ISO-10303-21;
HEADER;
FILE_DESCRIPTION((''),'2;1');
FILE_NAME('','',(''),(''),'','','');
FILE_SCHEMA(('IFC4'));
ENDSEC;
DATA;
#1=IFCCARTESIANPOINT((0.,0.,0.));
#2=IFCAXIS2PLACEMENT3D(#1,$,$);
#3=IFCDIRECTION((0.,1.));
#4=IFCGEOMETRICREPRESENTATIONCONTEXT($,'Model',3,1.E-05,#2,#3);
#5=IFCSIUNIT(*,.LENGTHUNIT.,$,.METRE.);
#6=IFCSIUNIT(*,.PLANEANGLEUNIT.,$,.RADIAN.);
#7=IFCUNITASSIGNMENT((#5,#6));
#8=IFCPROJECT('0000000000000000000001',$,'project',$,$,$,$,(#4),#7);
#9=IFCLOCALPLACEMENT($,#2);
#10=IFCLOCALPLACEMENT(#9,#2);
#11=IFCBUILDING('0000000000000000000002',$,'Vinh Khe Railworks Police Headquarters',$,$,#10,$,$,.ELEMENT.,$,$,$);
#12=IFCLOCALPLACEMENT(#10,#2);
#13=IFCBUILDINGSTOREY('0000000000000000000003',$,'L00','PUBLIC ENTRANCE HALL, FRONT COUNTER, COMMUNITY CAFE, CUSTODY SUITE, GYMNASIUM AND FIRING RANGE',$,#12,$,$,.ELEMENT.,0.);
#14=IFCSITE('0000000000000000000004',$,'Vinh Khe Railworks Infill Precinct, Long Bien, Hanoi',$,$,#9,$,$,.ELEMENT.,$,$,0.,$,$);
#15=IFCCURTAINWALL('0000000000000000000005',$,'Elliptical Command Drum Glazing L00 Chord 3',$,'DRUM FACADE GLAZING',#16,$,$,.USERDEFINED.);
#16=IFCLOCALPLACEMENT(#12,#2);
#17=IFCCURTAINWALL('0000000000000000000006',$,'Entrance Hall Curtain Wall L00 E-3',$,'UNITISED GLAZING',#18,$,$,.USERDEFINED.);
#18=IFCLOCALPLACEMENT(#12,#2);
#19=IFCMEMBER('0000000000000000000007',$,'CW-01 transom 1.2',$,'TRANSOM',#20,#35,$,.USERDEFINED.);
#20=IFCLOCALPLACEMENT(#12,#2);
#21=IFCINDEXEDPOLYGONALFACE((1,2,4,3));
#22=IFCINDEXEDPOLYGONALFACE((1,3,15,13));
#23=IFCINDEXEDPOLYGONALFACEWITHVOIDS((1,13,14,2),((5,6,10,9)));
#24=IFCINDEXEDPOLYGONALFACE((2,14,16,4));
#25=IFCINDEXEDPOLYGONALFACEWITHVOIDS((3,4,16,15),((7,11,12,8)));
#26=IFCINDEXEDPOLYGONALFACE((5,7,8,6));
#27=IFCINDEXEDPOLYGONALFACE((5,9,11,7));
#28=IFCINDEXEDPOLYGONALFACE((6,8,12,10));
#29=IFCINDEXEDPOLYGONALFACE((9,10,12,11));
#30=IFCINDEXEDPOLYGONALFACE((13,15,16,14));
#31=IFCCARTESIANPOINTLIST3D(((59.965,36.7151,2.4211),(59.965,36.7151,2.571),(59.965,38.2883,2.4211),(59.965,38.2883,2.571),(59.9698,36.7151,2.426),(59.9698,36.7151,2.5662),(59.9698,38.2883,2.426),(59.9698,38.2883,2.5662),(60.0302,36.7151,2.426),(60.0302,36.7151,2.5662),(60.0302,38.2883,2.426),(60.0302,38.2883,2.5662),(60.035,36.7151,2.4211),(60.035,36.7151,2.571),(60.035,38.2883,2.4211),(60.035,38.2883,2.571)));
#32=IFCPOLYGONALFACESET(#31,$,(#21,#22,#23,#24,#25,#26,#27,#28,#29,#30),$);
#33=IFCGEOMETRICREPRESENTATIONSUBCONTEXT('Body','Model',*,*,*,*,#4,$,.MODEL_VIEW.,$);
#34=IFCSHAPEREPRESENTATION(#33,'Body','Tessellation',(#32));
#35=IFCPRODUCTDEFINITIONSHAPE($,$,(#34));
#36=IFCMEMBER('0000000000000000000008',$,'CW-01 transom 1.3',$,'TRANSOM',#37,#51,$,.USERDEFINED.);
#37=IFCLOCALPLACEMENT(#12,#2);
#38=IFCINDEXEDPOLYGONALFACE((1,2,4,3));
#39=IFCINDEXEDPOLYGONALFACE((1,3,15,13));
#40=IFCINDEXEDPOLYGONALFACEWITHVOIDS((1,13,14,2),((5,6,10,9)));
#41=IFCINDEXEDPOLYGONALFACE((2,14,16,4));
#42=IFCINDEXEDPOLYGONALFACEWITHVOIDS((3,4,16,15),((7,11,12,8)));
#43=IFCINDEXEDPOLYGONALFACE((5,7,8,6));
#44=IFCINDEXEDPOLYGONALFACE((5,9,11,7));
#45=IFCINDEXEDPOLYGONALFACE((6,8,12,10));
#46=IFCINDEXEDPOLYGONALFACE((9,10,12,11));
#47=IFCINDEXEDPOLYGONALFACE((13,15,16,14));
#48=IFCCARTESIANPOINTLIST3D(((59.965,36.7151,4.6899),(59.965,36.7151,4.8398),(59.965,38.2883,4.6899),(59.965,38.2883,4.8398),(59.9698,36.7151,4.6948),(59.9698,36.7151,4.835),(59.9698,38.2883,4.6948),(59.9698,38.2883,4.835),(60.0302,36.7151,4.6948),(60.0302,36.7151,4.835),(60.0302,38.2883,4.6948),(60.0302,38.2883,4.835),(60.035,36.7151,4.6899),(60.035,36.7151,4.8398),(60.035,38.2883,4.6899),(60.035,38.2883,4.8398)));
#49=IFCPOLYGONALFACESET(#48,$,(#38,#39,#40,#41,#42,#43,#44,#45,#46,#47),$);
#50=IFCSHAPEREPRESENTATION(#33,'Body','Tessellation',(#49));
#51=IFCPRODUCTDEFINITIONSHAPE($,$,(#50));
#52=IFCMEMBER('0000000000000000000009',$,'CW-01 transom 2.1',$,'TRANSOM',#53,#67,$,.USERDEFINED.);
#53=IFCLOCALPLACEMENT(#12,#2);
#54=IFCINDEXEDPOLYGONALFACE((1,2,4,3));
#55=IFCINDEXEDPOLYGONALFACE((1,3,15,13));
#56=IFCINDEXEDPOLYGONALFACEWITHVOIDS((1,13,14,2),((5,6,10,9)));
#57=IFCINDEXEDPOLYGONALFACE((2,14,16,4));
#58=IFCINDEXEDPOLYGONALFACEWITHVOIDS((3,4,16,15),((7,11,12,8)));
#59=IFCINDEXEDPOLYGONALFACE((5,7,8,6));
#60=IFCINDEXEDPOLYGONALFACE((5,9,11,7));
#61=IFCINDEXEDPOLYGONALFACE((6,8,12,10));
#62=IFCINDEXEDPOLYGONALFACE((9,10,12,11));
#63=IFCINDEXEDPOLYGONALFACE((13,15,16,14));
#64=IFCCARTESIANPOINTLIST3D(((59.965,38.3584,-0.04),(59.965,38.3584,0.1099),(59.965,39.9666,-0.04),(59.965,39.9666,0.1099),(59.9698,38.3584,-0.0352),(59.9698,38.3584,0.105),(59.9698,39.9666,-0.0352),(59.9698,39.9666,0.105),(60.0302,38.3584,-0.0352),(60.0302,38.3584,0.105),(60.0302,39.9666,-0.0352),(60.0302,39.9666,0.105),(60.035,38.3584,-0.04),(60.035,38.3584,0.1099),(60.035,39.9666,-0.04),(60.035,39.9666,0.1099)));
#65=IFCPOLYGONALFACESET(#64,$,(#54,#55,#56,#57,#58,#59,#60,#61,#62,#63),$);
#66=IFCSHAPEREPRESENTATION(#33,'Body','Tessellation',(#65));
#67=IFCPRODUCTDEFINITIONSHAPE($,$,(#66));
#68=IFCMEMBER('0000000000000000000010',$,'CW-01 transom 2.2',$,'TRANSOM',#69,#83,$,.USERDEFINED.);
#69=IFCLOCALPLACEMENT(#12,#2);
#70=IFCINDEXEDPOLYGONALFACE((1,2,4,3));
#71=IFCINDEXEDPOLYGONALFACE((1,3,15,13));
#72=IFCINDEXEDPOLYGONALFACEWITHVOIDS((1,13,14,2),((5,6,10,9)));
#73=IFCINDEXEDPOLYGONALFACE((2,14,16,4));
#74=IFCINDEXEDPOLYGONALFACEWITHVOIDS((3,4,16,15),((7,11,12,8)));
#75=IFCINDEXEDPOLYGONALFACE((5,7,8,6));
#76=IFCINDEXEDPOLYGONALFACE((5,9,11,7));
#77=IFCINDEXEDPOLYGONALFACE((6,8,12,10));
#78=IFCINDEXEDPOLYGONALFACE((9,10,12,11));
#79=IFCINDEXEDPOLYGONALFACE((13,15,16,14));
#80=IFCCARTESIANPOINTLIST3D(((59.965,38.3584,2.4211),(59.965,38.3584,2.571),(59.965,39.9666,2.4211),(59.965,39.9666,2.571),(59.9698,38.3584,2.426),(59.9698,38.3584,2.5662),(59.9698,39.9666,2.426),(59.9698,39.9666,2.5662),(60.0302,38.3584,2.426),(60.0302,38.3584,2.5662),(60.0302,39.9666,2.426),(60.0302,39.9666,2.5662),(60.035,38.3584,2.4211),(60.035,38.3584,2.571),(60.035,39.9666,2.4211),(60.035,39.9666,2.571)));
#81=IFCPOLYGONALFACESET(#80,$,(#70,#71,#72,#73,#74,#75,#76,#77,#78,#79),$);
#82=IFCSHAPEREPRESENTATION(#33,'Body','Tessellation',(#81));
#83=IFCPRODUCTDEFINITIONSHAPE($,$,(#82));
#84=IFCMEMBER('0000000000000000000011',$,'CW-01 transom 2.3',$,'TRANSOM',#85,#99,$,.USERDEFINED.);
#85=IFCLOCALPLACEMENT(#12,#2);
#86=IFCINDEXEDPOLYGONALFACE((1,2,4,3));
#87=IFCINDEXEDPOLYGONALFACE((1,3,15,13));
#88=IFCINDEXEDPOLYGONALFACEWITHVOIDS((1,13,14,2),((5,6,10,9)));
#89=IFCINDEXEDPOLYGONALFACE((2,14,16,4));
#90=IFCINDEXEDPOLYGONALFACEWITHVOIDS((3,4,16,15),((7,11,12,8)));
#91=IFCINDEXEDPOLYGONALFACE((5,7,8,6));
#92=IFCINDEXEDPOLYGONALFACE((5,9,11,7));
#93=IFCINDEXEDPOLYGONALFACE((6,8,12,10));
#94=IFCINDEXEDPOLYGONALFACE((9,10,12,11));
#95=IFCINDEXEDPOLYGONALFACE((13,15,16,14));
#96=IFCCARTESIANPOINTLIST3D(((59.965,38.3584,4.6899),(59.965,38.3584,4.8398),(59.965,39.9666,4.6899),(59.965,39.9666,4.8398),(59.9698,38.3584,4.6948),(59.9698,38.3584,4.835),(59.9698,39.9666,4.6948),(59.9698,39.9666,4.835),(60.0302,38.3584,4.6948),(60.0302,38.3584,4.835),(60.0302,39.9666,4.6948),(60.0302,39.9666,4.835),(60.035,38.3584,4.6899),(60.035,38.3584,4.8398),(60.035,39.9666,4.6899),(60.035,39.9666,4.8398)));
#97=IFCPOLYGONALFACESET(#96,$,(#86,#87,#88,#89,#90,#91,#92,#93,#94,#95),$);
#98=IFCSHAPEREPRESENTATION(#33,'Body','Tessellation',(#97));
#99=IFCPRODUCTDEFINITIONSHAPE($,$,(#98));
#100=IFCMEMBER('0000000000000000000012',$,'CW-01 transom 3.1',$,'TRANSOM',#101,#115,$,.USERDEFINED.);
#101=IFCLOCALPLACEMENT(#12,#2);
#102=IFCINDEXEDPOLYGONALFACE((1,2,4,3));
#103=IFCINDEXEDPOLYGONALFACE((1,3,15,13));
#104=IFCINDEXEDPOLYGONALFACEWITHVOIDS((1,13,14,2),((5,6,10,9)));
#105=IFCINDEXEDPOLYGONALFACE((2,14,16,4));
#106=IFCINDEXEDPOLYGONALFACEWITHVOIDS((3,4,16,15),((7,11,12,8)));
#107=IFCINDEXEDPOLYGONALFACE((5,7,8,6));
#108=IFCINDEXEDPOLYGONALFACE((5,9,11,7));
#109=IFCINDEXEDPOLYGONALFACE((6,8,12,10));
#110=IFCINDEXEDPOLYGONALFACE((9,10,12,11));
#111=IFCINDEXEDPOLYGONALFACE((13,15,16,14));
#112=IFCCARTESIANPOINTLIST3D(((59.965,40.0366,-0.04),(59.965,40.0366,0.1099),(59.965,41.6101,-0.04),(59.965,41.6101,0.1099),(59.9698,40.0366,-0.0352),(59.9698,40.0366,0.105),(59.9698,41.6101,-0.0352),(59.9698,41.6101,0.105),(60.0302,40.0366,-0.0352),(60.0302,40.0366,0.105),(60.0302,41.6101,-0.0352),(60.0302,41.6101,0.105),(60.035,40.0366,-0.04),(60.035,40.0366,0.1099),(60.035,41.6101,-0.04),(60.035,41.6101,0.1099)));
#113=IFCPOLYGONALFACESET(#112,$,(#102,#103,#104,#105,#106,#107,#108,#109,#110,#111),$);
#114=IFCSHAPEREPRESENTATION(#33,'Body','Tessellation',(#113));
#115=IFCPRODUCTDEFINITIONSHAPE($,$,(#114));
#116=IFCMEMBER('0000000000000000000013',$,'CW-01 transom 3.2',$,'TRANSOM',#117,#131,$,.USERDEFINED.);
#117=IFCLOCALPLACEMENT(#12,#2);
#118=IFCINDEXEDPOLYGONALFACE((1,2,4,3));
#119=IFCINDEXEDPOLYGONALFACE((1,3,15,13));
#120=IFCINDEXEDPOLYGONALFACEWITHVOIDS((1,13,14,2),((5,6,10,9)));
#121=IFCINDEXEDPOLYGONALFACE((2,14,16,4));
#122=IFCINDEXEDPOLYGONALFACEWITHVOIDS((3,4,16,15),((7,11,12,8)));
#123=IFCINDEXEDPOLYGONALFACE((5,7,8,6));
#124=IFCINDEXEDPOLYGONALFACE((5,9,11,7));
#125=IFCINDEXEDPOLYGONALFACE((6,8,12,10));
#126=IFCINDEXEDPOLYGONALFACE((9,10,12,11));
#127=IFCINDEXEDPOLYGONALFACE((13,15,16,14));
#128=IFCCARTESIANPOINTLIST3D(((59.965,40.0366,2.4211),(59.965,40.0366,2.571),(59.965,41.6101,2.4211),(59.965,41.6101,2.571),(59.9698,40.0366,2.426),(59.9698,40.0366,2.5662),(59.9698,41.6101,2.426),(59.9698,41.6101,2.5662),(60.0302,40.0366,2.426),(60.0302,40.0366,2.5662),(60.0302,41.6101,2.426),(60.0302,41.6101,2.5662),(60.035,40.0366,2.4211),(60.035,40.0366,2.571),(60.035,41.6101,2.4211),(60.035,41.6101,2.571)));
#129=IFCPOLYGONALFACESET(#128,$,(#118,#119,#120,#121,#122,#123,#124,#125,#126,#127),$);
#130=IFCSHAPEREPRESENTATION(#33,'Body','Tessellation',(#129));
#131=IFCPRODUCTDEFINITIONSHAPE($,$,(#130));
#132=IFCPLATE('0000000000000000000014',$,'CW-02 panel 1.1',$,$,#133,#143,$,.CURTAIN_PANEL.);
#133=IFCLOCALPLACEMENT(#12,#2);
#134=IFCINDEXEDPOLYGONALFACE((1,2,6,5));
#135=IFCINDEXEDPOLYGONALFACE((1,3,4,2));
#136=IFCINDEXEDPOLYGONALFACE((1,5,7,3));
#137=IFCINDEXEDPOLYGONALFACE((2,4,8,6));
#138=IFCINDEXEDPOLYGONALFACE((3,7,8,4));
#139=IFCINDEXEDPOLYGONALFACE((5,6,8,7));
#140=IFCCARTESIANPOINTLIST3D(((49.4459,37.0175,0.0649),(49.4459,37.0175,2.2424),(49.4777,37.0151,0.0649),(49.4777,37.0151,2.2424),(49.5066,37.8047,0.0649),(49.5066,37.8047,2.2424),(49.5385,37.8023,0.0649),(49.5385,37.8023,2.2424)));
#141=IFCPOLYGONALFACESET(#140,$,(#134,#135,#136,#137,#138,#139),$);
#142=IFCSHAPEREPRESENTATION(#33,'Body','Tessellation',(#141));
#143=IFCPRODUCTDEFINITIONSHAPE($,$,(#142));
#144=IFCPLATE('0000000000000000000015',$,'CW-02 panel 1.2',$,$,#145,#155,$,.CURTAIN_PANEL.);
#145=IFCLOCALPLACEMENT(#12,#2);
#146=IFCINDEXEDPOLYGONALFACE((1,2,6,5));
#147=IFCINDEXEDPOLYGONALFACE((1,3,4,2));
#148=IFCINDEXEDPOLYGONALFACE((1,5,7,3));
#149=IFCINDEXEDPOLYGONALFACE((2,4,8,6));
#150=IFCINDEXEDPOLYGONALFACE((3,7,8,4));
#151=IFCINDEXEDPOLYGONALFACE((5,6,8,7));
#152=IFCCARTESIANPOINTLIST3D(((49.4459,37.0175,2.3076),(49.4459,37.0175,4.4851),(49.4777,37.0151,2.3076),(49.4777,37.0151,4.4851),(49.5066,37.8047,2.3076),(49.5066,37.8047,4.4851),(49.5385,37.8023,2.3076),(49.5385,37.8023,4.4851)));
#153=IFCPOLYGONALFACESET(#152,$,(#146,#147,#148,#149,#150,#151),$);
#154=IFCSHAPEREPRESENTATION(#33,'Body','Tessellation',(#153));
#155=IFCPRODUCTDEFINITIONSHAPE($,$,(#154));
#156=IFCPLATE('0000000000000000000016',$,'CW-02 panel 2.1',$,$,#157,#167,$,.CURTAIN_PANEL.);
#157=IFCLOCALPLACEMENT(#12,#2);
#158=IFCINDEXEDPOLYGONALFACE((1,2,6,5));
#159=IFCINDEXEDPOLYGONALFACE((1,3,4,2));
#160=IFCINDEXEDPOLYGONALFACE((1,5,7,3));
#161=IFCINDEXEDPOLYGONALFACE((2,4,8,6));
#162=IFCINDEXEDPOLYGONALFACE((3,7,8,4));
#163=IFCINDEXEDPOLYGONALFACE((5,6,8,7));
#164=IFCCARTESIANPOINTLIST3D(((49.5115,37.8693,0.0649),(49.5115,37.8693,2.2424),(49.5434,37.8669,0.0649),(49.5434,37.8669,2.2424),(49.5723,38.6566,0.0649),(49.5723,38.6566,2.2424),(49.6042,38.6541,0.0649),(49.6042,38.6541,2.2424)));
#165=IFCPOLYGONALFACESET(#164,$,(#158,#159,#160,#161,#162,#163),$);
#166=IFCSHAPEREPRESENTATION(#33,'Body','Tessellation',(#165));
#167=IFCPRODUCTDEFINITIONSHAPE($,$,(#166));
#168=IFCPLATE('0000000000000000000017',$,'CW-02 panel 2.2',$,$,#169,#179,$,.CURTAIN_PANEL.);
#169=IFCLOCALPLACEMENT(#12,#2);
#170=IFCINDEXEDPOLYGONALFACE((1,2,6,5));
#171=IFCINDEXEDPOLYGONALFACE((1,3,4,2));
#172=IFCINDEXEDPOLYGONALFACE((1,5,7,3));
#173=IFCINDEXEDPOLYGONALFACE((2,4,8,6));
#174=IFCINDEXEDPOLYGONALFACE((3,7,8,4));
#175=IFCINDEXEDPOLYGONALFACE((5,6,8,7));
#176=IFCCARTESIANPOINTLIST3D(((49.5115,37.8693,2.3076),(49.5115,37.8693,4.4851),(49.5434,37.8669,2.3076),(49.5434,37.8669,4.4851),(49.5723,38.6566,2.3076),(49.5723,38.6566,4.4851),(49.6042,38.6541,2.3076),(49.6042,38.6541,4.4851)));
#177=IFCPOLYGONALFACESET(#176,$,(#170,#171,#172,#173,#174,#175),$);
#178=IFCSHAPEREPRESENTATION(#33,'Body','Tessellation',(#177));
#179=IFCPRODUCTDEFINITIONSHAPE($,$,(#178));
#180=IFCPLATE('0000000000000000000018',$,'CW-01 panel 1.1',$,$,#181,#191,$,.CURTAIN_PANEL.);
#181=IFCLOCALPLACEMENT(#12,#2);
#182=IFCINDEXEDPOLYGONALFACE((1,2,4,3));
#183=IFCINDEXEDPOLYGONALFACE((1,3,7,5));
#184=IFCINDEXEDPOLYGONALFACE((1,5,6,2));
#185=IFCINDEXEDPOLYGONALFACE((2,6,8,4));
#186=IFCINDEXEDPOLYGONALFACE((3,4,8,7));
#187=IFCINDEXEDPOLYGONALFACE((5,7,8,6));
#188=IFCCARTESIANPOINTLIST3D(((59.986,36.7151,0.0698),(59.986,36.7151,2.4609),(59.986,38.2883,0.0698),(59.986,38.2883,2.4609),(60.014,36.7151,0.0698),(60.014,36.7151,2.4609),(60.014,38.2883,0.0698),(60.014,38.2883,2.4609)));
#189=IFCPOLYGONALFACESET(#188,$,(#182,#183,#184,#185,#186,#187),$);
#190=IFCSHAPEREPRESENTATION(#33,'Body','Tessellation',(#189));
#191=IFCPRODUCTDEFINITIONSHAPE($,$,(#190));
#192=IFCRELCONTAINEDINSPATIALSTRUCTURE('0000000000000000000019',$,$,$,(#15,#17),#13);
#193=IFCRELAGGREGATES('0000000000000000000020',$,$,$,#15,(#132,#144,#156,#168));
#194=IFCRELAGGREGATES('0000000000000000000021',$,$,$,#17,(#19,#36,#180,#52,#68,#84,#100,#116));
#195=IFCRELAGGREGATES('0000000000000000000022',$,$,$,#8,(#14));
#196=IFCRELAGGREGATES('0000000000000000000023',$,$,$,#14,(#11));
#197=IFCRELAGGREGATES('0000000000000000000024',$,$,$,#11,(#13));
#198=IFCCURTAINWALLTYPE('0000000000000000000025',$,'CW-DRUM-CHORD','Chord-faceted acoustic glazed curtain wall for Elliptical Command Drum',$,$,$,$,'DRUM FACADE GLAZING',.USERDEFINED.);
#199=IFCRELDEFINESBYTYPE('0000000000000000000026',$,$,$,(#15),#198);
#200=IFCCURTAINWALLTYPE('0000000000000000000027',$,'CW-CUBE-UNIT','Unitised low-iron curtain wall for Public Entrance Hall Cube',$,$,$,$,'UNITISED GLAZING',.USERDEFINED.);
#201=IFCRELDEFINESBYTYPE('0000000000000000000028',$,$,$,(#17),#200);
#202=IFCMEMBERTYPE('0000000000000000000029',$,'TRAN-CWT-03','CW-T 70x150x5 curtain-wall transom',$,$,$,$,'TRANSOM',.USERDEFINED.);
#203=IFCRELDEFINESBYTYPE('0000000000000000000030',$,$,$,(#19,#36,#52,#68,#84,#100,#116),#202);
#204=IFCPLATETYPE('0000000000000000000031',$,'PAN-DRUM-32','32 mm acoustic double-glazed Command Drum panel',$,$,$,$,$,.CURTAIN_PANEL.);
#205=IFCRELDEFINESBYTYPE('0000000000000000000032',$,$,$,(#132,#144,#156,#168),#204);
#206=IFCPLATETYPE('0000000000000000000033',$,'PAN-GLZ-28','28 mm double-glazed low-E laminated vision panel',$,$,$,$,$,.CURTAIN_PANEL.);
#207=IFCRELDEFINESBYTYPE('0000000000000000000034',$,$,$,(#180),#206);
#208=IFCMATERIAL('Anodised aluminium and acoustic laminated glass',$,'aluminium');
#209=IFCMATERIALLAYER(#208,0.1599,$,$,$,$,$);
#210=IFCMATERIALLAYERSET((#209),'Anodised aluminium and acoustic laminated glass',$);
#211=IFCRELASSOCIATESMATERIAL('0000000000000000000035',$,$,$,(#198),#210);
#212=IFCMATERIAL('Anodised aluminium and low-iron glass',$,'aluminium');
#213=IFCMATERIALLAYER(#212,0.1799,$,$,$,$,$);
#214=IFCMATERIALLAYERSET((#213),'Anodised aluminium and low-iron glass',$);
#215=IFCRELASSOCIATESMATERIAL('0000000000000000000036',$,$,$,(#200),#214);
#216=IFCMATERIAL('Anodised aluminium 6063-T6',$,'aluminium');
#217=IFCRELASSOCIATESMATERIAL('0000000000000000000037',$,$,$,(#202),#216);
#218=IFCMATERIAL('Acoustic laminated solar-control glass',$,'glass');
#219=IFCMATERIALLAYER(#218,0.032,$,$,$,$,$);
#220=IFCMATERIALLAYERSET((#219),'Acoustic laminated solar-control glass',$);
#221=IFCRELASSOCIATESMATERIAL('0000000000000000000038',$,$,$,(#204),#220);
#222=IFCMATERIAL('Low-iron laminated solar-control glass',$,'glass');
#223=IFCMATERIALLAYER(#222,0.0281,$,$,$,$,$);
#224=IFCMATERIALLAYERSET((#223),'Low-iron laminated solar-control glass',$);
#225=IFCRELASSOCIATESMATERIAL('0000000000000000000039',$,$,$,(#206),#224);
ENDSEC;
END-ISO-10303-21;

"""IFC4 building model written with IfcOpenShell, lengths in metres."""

from ifc_helpers import new_model, si_unit, direction, frame, origin, origin_2d, place, context, subcontext, project, spatial, rectangle, hollow_rectangle, extrude, material, layer, layer_set, material_profile, profile_set, type_object, element, aggregate, save


model = new_model("IFC4")

# Units and contexts
model_context = context("Model", 3, precision=1e-05, world=origin(), true_north=direction((0.0, 1.0)))
body_context = subcontext(model_context, "Body", "Model", "MODEL_VIEW")
ifc_project = project(units=[si_unit("LENGTHUNIT", "METRE"), si_unit("PLANEANGLEUNIT", "RADIAN")], contexts=[model_context])

# Site, building, storey
site_placement = place(None, origin())
site = spatial("IfcSite", under=ifc_project, at=site_placement, Name="Vinh Khe Railworks Infill Precinct, Long Bien, Hanoi", CompositionType="ELEMENT", RefElevation=0.0)
building_placement = place(site_placement, origin())
building = spatial("IfcBuilding", under=site, at=building_placement, Name="Vinh Khe Railworks Police Headquarters", CompositionType="ELEMENT")
storey_placement = place(building_placement, origin())
storey = spatial("IfcBuildingStorey", under=building, at=storey_placement, Name="L00", Description="PUBLIC ENTRANCE HALL, FRONT COUNTER, COMMUNITY CAFE, CUSTODY SUITE, GYMNASIUM AND FIRING RANGE", CompositionType="ELEMENT", Elevation=0.0)

# Curtain walls
ifc_material_1 = material(Name="Anodised aluminium and acoustic laminated glass", Category="aluminium")
ifc_layer_1 = layer(ifc_material_1, 0.1599)
ifc_layer_set_1 = layer_set([ifc_layer_1], Name="Anodised aluminium and acoustic laminated glass")
curtain_wall_type_1 = type_object("IfcCurtainWallType", Name="CW-DRUM-CHORD", Description="Chord-faceted acoustic glazed curtain wall for Elliptical Command Drum", ElementType="DRUM FACADE GLAZING", PredefinedType="USERDEFINED", material=ifc_layer_set_1)
curtain_wall_1_placement = place(storey_placement, origin())
curtain_wall_1 = element("IfcCurtainWall", 1, at=curtain_wall_1_placement, inside=storey, type_object=curtain_wall_type_1, Name="Elliptical Command Drum Glazing L00 Chord 3", ObjectType="DRUM FACADE GLAZING", PredefinedType="USERDEFINED")
ifc_material_2 = material(Name="Anodised aluminium 6063-T6", Category="aluminium")
ifc_material_3 = material(Name="Anodised aluminium and low-iron glass", Category="aluminium")
ifc_layer_2 = layer(ifc_material_3, 0.1799)
ifc_layer_set_2 = layer_set([ifc_layer_2], Name="Anodised aluminium and low-iron glass")
curtain_wall_type_2 = type_object("IfcCurtainWallType", Name="CW-CUBE-UNIT", Description="Unitised low-iron curtain wall for Public Entrance Hall Cube", ElementType="UNITISED GLAZING", PredefinedType="USERDEFINED", material=ifc_layer_set_2)
curtain_wall_2_placement = place(storey_placement, origin())
curtain_wall_2 = element("IfcCurtainWall", 2, at=curtain_wall_2_placement, inside=storey, type_object=curtain_wall_type_2, Name="Entrance Hall Curtain Wall L00 E-3", ObjectType="UNITISED GLAZING", PredefinedType="USERDEFINED")

# Members
ifc_material_profile_1 = material_profile(ifc_material_2, hollow_rectangle(XDim=0.0701, YDim=0.1499, WallThickness=0.0049, at=origin_2d()), Name="CW-T 70x150x5")
ifc_profile_set_1 = profile_set([ifc_material_profile_1], Name="Anodised aluminium 6063-T6")
member_type_1 = type_object("IfcMemberType", Name="TRAN-CWT-03", Description="CW-T 70x150x5 curtain-wall transom", ElementType="TRANSOM", PredefinedType="USERDEFINED", material=ifc_profile_set_1)
member_1_placement = place(storey_placement, frame((60.0, 36.7151, 2.4961), z_axis=(0.0, 1.0, 0.0), x_axis=(-1.0, 0.0, 0.0)))
member_1 = element("IfcMember", 3, at=member_1_placement, type_object=member_type_1, Name="CW-01 transom 1.2", ObjectType="TRANSOM", PredefinedType="USERDEFINED", context=body_context, shape_type="SweptSolid", body=[
    extrude(hollow_rectangle(XDim=0.0701, YDim=0.1499, WallThickness=0.0049, at=origin_2d()), origin(), (0.0, 0.0, 1.0), 1.5732),
])
member_2_placement = place(storey_placement, frame((60.0, 36.7151, 4.7649), z_axis=(0.0, 1.0, 0.0), x_axis=(-1.0, 0.0, 0.0)))
member_2 = element("IfcMember", 4, at=member_2_placement, type_object=member_type_1, Name="CW-01 transom 1.3", ObjectType="TRANSOM", PredefinedType="USERDEFINED", context=body_context, shape_type="SweptSolid", body=[
    extrude(hollow_rectangle(XDim=0.0701, YDim=0.1499, WallThickness=0.0049, at=origin_2d()), origin(), (0.0, 0.0, 1.0), 1.5732),
])
member_3_placement = place(storey_placement, frame((60.0, 38.3584, 0.0349), z_axis=(0.0, 1.0, 0.0), x_axis=(-1.0, 0.0, 0.0)))
member_3 = element("IfcMember", 5, at=member_3_placement, type_object=member_type_1, Name="CW-01 transom 2.1", ObjectType="TRANSOM", PredefinedType="USERDEFINED", context=body_context, shape_type="SweptSolid", body=[
    extrude(hollow_rectangle(XDim=0.0701, YDim=0.1499, WallThickness=0.0049, at=origin_2d()), origin(), (0.0, 0.0, 1.0), 1.6082),
])
member_4_placement = place(storey_placement, frame((60.0, 38.3584, 2.4961), z_axis=(0.0, 1.0, 0.0), x_axis=(-1.0, 0.0, 0.0)))
member_4 = element("IfcMember", 6, at=member_4_placement, type_object=member_type_1, Name="CW-01 transom 2.2", ObjectType="TRANSOM", PredefinedType="USERDEFINED", context=body_context, shape_type="SweptSolid", body=[
    extrude(hollow_rectangle(XDim=0.0701, YDim=0.1499, WallThickness=0.0049, at=origin_2d()), origin(), (0.0, 0.0, 1.0), 1.6082),
])
member_5_placement = place(storey_placement, frame((60.0, 38.3584, 4.7649), z_axis=(0.0, 1.0, 0.0), x_axis=(-1.0, 0.0, 0.0)))
member_5 = element("IfcMember", 7, at=member_5_placement, type_object=member_type_1, Name="CW-01 transom 2.3", ObjectType="TRANSOM", PredefinedType="USERDEFINED", context=body_context, shape_type="SweptSolid", body=[
    extrude(hollow_rectangle(XDim=0.0701, YDim=0.1499, WallThickness=0.0049, at=origin_2d()), origin(), (0.0, 0.0, 1.0), 1.6082),
])
member_6_placement = place(storey_placement, frame((60.0, 40.0366, 0.0349), z_axis=(0.0, 1.0, 0.0), x_axis=(-1.0, 0.0, 0.0)))
member_6 = element("IfcMember", 8, at=member_6_placement, type_object=member_type_1, Name="CW-01 transom 3.1", ObjectType="TRANSOM", PredefinedType="USERDEFINED", context=body_context, shape_type="SweptSolid", body=[
    extrude(hollow_rectangle(XDim=0.0701, YDim=0.1499, WallThickness=0.0049, at=origin_2d()), origin(), (0.0, 0.0, 1.0), 1.5735),
])
member_7_placement = place(storey_placement, frame((60.0, 40.0366, 2.4961), z_axis=(0.0, 1.0, 0.0), x_axis=(-1.0, 0.0, 0.0)))
member_7 = element("IfcMember", 9, at=member_7_placement, type_object=member_type_1, Name="CW-01 transom 3.2", ObjectType="TRANSOM", PredefinedType="USERDEFINED", context=body_context, shape_type="SweptSolid", body=[
    extrude(hollow_rectangle(XDim=0.0701, YDim=0.1499, WallThickness=0.0049, at=origin_2d()), origin(), (0.0, 0.0, 1.0), 1.5735),
])

# Plates
ifc_material_4 = material(Name="Acoustic laminated solar-control glass", Category="glass")
ifc_layer_3 = layer(ifc_material_4, 0.032)
ifc_layer_set_3 = layer_set([ifc_layer_3], Name="Acoustic laminated solar-control glass")
plate_type_1 = type_object("IfcPlateType", Name="PAN-DRUM-32", Description="32 mm acoustic double-glazed Command Drum panel", PredefinedType="CURTAIN_PANEL", material=ifc_layer_set_3)
plate_1_placement = place(storey_placement, frame((49.4922, 37.4099, 0.0649), z_axis=(0.0, 0.0, 1.0), x_axis=(0.07697, 0.997033, 0.0)))
plate_1 = element("IfcPlate", 10, at=plate_1_placement, type_object=plate_type_1, Name="CW-02 panel 1.1", PredefinedType="CURTAIN_PANEL", context=body_context, shape_type="SweptSolid", body=[
    extrude(rectangle(XDim=0.7896, YDim=0.032, at=origin_2d()), origin(), (0.0, 0.0, 1.0), 2.1775),
])
plate_2_placement = place(storey_placement, frame((49.4922, 37.4099, 2.3076), z_axis=(0.0, 0.0, 1.0), x_axis=(0.07697, 0.997033, 0.0)))
plate_2 = element("IfcPlate", 11, at=plate_2_placement, type_object=plate_type_1, Name="CW-02 panel 1.2", PredefinedType="CURTAIN_PANEL", context=body_context, shape_type="SweptSolid", body=[
    extrude(rectangle(XDim=0.7896, YDim=0.032, at=origin_2d()), origin(), (0.0, 0.0, 1.0), 2.1775),
])
plate_3_placement = place(storey_placement, frame((49.5579, 38.2617, 0.0649), z_axis=(0.0, 0.0, 1.0), x_axis=(0.07697, 0.997033, 0.0)))
plate_3 = element("IfcPlate", 12, at=plate_3_placement, type_object=plate_type_1, Name="CW-02 panel 2.1", PredefinedType="CURTAIN_PANEL", context=body_context, shape_type="SweptSolid", body=[
    extrude(rectangle(XDim=0.7896, YDim=0.032, at=origin_2d()), origin(), (0.0, 0.0, 1.0), 2.1775),
])
plate_4_placement = place(storey_placement, frame((49.5579, 38.2617, 2.3076), z_axis=(0.0, 0.0, 1.0), x_axis=(0.07697, 0.997033, 0.0)))
plate_4 = element("IfcPlate", 13, at=plate_4_placement, type_object=plate_type_1, Name="CW-02 panel 2.2", PredefinedType="CURTAIN_PANEL", context=body_context, shape_type="SweptSolid", body=[
    extrude(rectangle(XDim=0.7896, YDim=0.032, at=origin_2d()), origin(), (0.0, 0.0, 1.0), 2.1775),
])
aggregate(curtain_wall_1, [plate_1, plate_2, plate_3, plate_4])
ifc_material_5 = material(Name="Low-iron laminated solar-control glass", Category="glass")
ifc_layer_4 = layer(ifc_material_5, 0.0281)
ifc_layer_set_4 = layer_set([ifc_layer_4], Name="Low-iron laminated solar-control glass")
plate_type_2 = type_object("IfcPlateType", Name="PAN-GLZ-28", Description="28 mm double-glazed low-E laminated vision panel", PredefinedType="CURTAIN_PANEL", material=ifc_layer_set_4)
plate_5_placement = place(storey_placement, frame((60.0, 37.5017, 0.0698), z_axis=(0.0, 0.0, 1.0), x_axis=(0.0, 1.0, 0.0)))
plate_5 = element("IfcPlate", 14, at=plate_5_placement, type_object=plate_type_2, Name="CW-01 panel 1.1", PredefinedType="CURTAIN_PANEL", context=body_context, shape_type="SweptSolid", body=[
    extrude(rectangle(XDim=1.5732, YDim=0.0281, at=origin_2d()), origin(), (0.0, 0.0, 1.0), 2.3911),
])
aggregate(curtain_wall_2, [member_1, member_2, plate_5, member_3, member_4, member_5, member_6, member_7])

save(model, "model.ifc")
